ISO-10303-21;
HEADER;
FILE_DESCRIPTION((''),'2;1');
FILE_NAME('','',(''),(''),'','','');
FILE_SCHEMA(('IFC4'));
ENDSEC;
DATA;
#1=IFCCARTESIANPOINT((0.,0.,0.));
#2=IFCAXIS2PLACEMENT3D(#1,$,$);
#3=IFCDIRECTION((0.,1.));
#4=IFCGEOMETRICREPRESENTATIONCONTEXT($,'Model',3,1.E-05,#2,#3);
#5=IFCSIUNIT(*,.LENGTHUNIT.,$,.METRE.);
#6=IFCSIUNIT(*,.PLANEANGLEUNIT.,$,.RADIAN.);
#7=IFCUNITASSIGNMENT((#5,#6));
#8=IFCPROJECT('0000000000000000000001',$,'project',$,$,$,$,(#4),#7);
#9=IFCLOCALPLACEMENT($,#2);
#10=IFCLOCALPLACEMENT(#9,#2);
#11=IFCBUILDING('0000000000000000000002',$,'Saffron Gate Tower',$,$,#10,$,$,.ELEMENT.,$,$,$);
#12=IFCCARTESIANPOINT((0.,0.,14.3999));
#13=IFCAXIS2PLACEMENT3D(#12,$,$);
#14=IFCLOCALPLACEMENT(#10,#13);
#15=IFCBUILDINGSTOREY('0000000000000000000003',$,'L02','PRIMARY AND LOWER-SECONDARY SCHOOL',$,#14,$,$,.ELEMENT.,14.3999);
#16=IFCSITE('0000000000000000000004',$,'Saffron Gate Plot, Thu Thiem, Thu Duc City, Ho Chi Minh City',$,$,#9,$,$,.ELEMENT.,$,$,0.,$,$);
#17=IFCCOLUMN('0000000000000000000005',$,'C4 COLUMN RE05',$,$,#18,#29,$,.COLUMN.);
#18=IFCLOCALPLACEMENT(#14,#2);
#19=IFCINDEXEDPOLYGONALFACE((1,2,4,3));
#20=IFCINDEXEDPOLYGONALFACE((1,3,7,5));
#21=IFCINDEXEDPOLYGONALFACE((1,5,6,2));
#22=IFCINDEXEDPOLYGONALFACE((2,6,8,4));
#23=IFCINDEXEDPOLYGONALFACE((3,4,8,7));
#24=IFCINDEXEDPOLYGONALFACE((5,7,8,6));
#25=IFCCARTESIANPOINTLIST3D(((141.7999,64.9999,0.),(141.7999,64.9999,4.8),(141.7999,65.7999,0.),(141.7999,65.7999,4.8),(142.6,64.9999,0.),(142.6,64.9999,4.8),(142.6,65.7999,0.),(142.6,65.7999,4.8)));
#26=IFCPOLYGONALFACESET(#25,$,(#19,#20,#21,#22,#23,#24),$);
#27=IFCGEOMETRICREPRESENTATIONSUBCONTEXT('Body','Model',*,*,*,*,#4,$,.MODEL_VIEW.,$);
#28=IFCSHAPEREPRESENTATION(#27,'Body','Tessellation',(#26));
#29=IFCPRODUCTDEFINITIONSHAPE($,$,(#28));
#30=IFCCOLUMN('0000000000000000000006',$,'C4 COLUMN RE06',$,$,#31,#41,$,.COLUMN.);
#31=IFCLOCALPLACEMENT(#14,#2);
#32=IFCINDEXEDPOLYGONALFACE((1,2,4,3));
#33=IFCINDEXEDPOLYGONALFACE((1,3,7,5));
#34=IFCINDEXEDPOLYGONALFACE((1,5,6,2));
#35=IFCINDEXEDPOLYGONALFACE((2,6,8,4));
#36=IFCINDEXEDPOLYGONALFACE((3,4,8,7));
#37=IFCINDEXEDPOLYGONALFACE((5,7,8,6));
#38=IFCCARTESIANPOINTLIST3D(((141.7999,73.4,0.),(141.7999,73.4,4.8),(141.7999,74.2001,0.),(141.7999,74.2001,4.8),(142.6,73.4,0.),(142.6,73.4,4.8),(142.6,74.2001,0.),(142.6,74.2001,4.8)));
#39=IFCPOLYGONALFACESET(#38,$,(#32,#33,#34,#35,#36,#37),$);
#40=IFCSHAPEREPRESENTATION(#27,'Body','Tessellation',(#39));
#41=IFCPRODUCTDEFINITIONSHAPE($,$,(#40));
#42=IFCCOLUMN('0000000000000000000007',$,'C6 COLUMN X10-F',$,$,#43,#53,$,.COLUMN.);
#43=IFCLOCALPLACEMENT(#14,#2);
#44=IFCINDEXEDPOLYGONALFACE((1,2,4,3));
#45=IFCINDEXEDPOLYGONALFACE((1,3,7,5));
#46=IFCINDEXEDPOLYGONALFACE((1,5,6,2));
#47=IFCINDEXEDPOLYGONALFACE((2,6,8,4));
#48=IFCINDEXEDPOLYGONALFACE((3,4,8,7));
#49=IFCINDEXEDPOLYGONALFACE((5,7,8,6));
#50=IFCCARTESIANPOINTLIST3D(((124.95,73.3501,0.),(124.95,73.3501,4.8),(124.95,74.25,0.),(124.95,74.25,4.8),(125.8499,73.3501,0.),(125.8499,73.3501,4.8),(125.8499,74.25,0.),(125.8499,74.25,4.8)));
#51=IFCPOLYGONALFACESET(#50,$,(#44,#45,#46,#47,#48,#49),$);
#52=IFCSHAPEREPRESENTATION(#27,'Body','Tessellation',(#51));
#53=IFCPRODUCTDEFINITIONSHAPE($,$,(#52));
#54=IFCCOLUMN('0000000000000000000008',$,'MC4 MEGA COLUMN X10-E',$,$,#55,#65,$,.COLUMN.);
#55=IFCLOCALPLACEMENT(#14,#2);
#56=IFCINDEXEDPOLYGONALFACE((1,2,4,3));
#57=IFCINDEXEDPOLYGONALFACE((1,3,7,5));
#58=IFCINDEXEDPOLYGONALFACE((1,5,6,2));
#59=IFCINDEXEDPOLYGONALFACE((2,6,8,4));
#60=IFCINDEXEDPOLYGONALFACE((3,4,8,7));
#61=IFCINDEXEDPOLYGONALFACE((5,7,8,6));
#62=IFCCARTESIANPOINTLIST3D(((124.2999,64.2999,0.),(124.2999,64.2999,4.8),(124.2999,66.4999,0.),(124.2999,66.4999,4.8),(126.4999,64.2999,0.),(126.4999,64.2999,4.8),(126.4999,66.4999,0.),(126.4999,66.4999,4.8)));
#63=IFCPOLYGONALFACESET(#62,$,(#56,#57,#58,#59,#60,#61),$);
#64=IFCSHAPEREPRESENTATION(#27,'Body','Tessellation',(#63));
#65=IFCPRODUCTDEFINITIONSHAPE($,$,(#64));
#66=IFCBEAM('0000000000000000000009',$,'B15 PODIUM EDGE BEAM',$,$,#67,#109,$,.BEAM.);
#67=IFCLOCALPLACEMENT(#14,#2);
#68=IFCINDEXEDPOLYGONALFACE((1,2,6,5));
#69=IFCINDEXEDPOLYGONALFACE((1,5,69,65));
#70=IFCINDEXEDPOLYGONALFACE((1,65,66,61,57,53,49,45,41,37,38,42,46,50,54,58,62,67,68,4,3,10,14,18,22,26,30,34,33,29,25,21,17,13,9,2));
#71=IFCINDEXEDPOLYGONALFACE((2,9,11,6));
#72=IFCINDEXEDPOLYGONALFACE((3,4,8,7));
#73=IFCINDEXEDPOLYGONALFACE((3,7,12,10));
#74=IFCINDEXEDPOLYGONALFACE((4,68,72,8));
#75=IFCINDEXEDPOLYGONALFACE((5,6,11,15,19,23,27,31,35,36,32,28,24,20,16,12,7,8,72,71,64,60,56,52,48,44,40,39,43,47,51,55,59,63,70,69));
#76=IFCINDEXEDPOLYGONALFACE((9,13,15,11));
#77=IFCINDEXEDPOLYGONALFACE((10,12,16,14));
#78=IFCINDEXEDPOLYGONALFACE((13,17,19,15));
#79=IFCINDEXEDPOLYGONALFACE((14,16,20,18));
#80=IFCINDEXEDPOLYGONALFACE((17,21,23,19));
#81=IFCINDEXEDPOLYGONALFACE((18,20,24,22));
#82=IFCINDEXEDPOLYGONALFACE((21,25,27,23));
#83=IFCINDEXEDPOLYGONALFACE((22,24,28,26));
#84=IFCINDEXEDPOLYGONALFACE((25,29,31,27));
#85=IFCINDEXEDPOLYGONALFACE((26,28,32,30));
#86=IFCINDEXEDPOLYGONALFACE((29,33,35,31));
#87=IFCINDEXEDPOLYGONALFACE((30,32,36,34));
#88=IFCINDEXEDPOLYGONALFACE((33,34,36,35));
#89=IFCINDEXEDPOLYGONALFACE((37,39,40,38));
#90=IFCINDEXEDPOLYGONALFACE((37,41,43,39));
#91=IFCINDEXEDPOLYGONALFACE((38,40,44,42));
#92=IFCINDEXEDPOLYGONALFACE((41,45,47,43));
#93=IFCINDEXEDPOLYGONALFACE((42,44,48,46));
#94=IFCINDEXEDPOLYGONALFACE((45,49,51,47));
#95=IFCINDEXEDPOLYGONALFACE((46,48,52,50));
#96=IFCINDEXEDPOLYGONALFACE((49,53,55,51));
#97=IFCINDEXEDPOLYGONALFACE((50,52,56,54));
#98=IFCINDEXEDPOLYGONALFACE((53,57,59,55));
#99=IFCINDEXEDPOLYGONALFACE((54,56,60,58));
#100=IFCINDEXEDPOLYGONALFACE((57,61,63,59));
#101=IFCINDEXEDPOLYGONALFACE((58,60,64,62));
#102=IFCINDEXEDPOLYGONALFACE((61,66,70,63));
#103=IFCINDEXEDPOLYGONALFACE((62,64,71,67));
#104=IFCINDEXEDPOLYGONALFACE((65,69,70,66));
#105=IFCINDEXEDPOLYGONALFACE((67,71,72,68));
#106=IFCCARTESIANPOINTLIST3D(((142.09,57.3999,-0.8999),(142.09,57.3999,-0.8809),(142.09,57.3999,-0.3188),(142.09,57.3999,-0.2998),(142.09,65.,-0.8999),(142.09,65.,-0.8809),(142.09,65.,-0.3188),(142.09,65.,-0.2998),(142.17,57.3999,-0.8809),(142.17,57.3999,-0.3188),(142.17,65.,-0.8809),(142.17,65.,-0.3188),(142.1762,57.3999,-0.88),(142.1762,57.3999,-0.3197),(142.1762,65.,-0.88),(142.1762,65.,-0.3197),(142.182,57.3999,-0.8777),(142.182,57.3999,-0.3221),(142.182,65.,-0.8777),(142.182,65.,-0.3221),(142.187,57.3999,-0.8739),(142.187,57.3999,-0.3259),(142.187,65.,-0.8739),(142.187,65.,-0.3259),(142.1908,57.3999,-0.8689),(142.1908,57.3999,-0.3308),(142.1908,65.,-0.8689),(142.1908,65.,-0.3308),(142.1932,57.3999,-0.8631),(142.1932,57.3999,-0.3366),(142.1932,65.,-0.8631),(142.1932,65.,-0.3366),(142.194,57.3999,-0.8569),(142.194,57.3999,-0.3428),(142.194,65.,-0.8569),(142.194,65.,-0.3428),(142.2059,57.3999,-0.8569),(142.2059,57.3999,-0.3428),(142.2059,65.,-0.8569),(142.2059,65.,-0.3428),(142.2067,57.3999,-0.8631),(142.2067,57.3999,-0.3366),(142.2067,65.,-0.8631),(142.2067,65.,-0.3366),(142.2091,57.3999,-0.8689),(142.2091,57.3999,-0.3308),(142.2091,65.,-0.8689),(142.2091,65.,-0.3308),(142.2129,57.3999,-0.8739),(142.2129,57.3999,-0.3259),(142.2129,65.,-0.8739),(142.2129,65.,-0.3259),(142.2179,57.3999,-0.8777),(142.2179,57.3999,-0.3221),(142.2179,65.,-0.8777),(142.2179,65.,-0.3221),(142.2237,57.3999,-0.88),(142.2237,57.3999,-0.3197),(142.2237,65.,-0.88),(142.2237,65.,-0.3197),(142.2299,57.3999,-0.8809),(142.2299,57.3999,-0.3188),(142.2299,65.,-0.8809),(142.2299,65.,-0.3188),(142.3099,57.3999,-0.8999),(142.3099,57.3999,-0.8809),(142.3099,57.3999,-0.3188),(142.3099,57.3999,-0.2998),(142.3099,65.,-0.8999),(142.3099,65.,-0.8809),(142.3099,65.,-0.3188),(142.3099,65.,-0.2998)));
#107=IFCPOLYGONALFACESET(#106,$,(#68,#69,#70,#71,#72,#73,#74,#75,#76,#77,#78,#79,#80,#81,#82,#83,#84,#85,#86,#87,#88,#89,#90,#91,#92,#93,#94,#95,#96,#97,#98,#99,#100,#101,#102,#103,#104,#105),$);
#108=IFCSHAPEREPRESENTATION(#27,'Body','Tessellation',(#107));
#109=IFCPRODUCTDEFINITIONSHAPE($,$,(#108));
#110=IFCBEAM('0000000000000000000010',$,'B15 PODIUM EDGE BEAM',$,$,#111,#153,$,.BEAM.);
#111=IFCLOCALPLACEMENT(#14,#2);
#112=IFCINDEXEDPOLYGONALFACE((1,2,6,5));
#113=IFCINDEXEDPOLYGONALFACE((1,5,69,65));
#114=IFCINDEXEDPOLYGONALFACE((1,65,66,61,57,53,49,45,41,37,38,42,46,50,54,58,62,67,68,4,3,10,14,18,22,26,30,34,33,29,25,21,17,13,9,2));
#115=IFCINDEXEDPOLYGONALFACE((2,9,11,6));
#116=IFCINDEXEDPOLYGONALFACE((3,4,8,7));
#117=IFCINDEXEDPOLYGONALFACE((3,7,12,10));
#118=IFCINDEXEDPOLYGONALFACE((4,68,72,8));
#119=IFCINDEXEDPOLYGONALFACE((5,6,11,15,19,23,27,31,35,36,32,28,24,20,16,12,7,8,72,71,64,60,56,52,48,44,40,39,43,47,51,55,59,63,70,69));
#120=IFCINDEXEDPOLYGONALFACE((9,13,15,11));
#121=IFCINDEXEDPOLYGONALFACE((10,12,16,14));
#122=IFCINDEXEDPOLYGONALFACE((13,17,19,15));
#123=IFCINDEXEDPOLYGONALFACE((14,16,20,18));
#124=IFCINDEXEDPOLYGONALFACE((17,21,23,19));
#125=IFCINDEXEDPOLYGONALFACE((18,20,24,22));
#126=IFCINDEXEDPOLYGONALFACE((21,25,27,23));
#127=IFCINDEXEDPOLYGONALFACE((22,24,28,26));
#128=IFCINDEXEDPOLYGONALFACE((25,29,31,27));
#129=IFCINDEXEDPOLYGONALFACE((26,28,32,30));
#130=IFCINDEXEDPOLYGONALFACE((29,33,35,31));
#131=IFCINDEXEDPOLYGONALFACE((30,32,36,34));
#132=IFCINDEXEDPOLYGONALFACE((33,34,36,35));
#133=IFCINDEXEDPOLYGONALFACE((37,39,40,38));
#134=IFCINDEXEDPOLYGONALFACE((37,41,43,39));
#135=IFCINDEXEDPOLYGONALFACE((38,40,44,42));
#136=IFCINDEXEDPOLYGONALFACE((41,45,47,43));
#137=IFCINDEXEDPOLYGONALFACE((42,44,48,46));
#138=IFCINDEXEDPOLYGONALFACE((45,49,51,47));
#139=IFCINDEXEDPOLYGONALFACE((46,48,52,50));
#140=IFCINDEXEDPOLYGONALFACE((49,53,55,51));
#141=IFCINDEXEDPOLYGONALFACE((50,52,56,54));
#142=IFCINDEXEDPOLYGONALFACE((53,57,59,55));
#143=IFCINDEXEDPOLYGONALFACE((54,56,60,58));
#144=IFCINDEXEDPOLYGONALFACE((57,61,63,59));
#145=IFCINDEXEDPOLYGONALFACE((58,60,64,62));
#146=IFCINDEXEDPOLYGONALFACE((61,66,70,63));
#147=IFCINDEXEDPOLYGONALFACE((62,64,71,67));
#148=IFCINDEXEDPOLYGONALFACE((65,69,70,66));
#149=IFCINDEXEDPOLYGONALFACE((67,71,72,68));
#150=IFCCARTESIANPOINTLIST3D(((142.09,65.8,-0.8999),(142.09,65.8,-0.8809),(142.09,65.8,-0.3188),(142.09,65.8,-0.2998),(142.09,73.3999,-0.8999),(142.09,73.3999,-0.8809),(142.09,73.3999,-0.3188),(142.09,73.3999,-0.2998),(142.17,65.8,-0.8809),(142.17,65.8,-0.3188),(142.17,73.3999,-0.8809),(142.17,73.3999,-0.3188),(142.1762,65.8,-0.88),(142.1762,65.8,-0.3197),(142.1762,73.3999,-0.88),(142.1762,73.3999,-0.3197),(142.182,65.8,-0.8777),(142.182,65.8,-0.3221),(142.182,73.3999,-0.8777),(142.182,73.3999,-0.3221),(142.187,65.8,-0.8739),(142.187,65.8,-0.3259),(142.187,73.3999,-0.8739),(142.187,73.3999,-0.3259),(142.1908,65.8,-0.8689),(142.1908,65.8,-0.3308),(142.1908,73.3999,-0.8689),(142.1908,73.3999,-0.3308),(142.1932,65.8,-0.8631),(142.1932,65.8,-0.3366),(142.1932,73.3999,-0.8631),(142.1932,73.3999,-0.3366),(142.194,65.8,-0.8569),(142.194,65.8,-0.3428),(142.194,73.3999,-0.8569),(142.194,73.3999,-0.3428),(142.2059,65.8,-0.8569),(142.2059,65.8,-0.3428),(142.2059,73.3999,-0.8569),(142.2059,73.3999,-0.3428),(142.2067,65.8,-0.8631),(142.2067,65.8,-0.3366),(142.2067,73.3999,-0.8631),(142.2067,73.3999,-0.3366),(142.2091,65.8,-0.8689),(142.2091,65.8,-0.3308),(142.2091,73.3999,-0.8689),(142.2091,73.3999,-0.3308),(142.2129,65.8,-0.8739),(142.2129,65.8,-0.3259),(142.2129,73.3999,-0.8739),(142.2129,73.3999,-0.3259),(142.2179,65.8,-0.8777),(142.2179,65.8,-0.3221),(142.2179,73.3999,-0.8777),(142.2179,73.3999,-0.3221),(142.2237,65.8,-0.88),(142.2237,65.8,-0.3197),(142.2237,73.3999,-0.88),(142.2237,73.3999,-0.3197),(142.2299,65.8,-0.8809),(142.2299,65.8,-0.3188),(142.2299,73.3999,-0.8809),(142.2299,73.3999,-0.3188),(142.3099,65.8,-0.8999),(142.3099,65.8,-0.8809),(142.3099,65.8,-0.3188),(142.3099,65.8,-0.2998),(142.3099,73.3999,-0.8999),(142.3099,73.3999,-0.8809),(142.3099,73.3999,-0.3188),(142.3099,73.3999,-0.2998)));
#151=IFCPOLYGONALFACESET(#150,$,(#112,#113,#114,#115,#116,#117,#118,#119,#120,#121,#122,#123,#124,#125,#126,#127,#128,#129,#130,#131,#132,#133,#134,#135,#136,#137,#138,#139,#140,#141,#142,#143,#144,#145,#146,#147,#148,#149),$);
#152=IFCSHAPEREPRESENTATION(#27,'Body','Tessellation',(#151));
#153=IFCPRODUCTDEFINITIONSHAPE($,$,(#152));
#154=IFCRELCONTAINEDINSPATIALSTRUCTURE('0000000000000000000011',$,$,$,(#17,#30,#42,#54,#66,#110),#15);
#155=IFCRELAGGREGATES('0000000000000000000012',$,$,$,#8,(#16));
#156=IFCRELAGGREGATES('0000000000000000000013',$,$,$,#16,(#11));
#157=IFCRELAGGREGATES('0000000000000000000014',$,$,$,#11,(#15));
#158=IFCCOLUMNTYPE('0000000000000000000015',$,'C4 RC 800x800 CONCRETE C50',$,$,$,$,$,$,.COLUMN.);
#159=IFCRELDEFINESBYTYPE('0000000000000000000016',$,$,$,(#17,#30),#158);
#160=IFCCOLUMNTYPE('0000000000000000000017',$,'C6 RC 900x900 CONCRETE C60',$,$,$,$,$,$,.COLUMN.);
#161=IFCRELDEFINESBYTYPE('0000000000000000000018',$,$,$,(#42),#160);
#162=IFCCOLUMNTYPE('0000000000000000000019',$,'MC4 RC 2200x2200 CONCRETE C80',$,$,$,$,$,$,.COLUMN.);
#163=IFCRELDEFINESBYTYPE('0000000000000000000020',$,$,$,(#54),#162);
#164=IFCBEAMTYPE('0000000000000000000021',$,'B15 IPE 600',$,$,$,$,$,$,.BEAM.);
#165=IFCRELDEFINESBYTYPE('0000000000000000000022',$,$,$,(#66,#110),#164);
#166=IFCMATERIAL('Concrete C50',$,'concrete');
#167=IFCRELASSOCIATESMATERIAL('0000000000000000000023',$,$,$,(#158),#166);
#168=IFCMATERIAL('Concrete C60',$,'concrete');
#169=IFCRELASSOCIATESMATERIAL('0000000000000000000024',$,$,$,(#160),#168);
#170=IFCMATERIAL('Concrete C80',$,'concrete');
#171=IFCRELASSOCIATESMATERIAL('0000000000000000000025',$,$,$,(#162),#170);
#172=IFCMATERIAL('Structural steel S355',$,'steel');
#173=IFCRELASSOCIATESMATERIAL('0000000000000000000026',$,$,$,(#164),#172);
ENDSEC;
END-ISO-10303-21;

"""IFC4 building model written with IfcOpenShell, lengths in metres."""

from ifc_helpers import new_model, si_unit, direction, frame, origin, origin_2d, place, context, subcontext, project, spatial, rectangle, i_section, extrude, material, material_profile, profile_set, type_object, element, save


model = new_model("IFC4")

# Units and contexts
model_context = context("Model", 3, precision=1e-05, world=origin(), true_north=direction((0.0, 1.0)))
body_context = subcontext(model_context, "Body", "Model", "MODEL_VIEW")
ifc_project = project(units=[si_unit("LENGTHUNIT", "METRE"), si_unit("PLANEANGLEUNIT", "RADIAN")], contexts=[model_context])

# Site, building, storey
site_placement = place(None, origin())
site = spatial("IfcSite", under=ifc_project, at=site_placement, Name="Saffron Gate Plot, Thu Thiem, Thu Duc City, Ho Chi Minh City", CompositionType="ELEMENT", RefElevation=0.0)
building_placement = place(site_placement, origin())
building = spatial("IfcBuilding", under=site, at=building_placement, Name="Saffron Gate Tower", CompositionType="ELEMENT")
storey_placement = place(building_placement, frame((0.0, 0.0, 14.3999)))
storey = spatial("IfcBuildingStorey", under=building, at=storey_placement, Name="L02", Description="PRIMARY AND LOWER-SECONDARY SCHOOL", CompositionType="ELEMENT", Elevation=14.3999)

# Columns
ifc_material_1 = material(Name="Concrete C50", Category="concrete")
ifc_material_profile_1 = material_profile(ifc_material_1, rectangle(XDim=0.8, YDim=0.8, at=origin_2d()))
ifc_profile_set_1 = profile_set([ifc_material_profile_1], Name="Concrete C50")
column_type_1 = type_object("IfcColumnType", Name="C4 RC 800x800 CONCRETE C50", PredefinedType="COLUMN", material=ifc_profile_set_1)
for number, where, z_axis, x_axis, name in (
    (1, (142.2, 65.3999, 0.0), (0.0, 0.0, 1.0), (1.0, 0.0, 0.0), "C4 COLUMN RE05"),
    (2, (142.2, 73.8, 0.0), (0.0, 0.0, 1.0), (1.0, 0.0, 0.0), "C4 COLUMN RE06"),
):
    element("IfcColumn", number, at=place(storey_placement, frame(where, z_axis=z_axis, x_axis=x_axis)), inside=storey, type_object=column_type_1, Name=name, PredefinedType="COLUMN", context=body_context, shape_type="SweptSolid", body=[
        extrude(rectangle(XDim=0.8, YDim=0.8, at=origin_2d()), origin(), (0.0, 0.0, 1.0), 4.8),
    ])
ifc_material_2 = material(Name="Concrete C60", Category="concrete")
ifc_material_profile_2 = material_profile(ifc_material_2, rectangle(XDim=0.8999, YDim=0.8999, at=origin_2d()))
ifc_profile_set_2 = profile_set([ifc_material_profile_2], Name="Concrete C60")
column_type_2 = type_object("IfcColumnType", Name="C6 RC 900x900 CONCRETE C60", PredefinedType="COLUMN", material=ifc_profile_set_2)
column_1_placement = place(storey_placement, frame((125.3999, 73.8, 0.0), z_axis=(0.0, 0.0, 1.0), x_axis=(1.0, 0.0, 0.0)))
element("IfcColumn", 3, at=column_1_placement, inside=storey, type_object=column_type_2, Name="C6 COLUMN X10-F", PredefinedType="COLUMN", context=body_context, shape_type="SweptSolid", body=[
    extrude(rectangle(XDim=0.8999, YDim=0.8999, at=origin_2d()), origin(), (0.0, 0.0, 1.0), 4.8),
])
ifc_material_3 = material(Name="Concrete C80", Category="concrete")
ifc_material_profile_3 = material_profile(ifc_material_3, rectangle(XDim=2.2, YDim=2.2, at=origin_2d()))
ifc_profile_set_3 = profile_set([ifc_material_profile_3], Name="Concrete C80")
column_type_3 = type_object("IfcColumnType", Name="MC4 RC 2200x2200 CONCRETE C80", PredefinedType="COLUMN", material=ifc_profile_set_3)
column_2_placement = place(storey_placement, frame((125.3999, 65.3999, 0.0), z_axis=(0.0, 0.0, 1.0), x_axis=(1.0, 0.0, 0.0)))
element("IfcColumn", 4, at=column_2_placement, inside=storey, type_object=column_type_3, Name="MC4 MEGA COLUMN X10-E", PredefinedType="COLUMN", context=body_context, shape_type="SweptSolid", body=[
    extrude(rectangle(XDim=2.2, YDim=2.2, at=origin_2d()), origin(), (0.0, 0.0, 1.0), 4.8),
])

# Beams
ifc_material_4 = material(Name="Structural steel S355", Category="steel")
ifc_material_profile_4 = material_profile(ifc_material_4, i_section(OverallWidth=0.22, OverallDepth=0.6001, WebThickness=0.012, FlangeThickness=0.019, FilletRadius=0.0239, at=origin_2d()))
ifc_profile_set_4 = profile_set([ifc_material_profile_4], Name="Structural steel S355")
beam_type_1 = type_object("IfcBeamType", Name="B15 IPE 600", PredefinedType="BEAM", material=ifc_profile_set_4)
beam_1_placement = place(storey_placement, frame((142.2, 57.3999, -0.5999), z_axis=(0.0, 1.0, 0.0), x_axis=(-1.0, 0.0, 0.0)))
element("IfcBeam", 5, at=beam_1_placement, inside=storey, type_object=beam_type_1, Name="B15 PODIUM EDGE BEAM", PredefinedType="BEAM", context=body_context, shape_type="SweptSolid", body=[
    extrude(i_section(OverallWidth=0.22, OverallDepth=0.6001, WebThickness=0.012, FlangeThickness=0.019, FilletRadius=0.0239, at=origin_2d()), origin(), (0.0, 0.0, 1.0), 7.6001),
])
beam_2_placement = place(storey_placement, frame((142.2, 65.8, -0.5999), z_axis=(0.0, 1.0, 0.0), x_axis=(-1.0, 0.0, 0.0)))
element("IfcBeam", 6, at=beam_2_placement, inside=storey, type_object=beam_type_1, Name="B15 PODIUM EDGE BEAM", PredefinedType="BEAM", context=body_context, shape_type="SweptSolid", body=[
    extrude(i_section(OverallWidth=0.22, OverallDepth=0.6001, WebThickness=0.012, FlangeThickness=0.019, FilletRadius=0.0239, at=origin_2d()), origin(), (0.0, 0.0, 1.0), 7.5999),
])

save(model, "model.ifc")
